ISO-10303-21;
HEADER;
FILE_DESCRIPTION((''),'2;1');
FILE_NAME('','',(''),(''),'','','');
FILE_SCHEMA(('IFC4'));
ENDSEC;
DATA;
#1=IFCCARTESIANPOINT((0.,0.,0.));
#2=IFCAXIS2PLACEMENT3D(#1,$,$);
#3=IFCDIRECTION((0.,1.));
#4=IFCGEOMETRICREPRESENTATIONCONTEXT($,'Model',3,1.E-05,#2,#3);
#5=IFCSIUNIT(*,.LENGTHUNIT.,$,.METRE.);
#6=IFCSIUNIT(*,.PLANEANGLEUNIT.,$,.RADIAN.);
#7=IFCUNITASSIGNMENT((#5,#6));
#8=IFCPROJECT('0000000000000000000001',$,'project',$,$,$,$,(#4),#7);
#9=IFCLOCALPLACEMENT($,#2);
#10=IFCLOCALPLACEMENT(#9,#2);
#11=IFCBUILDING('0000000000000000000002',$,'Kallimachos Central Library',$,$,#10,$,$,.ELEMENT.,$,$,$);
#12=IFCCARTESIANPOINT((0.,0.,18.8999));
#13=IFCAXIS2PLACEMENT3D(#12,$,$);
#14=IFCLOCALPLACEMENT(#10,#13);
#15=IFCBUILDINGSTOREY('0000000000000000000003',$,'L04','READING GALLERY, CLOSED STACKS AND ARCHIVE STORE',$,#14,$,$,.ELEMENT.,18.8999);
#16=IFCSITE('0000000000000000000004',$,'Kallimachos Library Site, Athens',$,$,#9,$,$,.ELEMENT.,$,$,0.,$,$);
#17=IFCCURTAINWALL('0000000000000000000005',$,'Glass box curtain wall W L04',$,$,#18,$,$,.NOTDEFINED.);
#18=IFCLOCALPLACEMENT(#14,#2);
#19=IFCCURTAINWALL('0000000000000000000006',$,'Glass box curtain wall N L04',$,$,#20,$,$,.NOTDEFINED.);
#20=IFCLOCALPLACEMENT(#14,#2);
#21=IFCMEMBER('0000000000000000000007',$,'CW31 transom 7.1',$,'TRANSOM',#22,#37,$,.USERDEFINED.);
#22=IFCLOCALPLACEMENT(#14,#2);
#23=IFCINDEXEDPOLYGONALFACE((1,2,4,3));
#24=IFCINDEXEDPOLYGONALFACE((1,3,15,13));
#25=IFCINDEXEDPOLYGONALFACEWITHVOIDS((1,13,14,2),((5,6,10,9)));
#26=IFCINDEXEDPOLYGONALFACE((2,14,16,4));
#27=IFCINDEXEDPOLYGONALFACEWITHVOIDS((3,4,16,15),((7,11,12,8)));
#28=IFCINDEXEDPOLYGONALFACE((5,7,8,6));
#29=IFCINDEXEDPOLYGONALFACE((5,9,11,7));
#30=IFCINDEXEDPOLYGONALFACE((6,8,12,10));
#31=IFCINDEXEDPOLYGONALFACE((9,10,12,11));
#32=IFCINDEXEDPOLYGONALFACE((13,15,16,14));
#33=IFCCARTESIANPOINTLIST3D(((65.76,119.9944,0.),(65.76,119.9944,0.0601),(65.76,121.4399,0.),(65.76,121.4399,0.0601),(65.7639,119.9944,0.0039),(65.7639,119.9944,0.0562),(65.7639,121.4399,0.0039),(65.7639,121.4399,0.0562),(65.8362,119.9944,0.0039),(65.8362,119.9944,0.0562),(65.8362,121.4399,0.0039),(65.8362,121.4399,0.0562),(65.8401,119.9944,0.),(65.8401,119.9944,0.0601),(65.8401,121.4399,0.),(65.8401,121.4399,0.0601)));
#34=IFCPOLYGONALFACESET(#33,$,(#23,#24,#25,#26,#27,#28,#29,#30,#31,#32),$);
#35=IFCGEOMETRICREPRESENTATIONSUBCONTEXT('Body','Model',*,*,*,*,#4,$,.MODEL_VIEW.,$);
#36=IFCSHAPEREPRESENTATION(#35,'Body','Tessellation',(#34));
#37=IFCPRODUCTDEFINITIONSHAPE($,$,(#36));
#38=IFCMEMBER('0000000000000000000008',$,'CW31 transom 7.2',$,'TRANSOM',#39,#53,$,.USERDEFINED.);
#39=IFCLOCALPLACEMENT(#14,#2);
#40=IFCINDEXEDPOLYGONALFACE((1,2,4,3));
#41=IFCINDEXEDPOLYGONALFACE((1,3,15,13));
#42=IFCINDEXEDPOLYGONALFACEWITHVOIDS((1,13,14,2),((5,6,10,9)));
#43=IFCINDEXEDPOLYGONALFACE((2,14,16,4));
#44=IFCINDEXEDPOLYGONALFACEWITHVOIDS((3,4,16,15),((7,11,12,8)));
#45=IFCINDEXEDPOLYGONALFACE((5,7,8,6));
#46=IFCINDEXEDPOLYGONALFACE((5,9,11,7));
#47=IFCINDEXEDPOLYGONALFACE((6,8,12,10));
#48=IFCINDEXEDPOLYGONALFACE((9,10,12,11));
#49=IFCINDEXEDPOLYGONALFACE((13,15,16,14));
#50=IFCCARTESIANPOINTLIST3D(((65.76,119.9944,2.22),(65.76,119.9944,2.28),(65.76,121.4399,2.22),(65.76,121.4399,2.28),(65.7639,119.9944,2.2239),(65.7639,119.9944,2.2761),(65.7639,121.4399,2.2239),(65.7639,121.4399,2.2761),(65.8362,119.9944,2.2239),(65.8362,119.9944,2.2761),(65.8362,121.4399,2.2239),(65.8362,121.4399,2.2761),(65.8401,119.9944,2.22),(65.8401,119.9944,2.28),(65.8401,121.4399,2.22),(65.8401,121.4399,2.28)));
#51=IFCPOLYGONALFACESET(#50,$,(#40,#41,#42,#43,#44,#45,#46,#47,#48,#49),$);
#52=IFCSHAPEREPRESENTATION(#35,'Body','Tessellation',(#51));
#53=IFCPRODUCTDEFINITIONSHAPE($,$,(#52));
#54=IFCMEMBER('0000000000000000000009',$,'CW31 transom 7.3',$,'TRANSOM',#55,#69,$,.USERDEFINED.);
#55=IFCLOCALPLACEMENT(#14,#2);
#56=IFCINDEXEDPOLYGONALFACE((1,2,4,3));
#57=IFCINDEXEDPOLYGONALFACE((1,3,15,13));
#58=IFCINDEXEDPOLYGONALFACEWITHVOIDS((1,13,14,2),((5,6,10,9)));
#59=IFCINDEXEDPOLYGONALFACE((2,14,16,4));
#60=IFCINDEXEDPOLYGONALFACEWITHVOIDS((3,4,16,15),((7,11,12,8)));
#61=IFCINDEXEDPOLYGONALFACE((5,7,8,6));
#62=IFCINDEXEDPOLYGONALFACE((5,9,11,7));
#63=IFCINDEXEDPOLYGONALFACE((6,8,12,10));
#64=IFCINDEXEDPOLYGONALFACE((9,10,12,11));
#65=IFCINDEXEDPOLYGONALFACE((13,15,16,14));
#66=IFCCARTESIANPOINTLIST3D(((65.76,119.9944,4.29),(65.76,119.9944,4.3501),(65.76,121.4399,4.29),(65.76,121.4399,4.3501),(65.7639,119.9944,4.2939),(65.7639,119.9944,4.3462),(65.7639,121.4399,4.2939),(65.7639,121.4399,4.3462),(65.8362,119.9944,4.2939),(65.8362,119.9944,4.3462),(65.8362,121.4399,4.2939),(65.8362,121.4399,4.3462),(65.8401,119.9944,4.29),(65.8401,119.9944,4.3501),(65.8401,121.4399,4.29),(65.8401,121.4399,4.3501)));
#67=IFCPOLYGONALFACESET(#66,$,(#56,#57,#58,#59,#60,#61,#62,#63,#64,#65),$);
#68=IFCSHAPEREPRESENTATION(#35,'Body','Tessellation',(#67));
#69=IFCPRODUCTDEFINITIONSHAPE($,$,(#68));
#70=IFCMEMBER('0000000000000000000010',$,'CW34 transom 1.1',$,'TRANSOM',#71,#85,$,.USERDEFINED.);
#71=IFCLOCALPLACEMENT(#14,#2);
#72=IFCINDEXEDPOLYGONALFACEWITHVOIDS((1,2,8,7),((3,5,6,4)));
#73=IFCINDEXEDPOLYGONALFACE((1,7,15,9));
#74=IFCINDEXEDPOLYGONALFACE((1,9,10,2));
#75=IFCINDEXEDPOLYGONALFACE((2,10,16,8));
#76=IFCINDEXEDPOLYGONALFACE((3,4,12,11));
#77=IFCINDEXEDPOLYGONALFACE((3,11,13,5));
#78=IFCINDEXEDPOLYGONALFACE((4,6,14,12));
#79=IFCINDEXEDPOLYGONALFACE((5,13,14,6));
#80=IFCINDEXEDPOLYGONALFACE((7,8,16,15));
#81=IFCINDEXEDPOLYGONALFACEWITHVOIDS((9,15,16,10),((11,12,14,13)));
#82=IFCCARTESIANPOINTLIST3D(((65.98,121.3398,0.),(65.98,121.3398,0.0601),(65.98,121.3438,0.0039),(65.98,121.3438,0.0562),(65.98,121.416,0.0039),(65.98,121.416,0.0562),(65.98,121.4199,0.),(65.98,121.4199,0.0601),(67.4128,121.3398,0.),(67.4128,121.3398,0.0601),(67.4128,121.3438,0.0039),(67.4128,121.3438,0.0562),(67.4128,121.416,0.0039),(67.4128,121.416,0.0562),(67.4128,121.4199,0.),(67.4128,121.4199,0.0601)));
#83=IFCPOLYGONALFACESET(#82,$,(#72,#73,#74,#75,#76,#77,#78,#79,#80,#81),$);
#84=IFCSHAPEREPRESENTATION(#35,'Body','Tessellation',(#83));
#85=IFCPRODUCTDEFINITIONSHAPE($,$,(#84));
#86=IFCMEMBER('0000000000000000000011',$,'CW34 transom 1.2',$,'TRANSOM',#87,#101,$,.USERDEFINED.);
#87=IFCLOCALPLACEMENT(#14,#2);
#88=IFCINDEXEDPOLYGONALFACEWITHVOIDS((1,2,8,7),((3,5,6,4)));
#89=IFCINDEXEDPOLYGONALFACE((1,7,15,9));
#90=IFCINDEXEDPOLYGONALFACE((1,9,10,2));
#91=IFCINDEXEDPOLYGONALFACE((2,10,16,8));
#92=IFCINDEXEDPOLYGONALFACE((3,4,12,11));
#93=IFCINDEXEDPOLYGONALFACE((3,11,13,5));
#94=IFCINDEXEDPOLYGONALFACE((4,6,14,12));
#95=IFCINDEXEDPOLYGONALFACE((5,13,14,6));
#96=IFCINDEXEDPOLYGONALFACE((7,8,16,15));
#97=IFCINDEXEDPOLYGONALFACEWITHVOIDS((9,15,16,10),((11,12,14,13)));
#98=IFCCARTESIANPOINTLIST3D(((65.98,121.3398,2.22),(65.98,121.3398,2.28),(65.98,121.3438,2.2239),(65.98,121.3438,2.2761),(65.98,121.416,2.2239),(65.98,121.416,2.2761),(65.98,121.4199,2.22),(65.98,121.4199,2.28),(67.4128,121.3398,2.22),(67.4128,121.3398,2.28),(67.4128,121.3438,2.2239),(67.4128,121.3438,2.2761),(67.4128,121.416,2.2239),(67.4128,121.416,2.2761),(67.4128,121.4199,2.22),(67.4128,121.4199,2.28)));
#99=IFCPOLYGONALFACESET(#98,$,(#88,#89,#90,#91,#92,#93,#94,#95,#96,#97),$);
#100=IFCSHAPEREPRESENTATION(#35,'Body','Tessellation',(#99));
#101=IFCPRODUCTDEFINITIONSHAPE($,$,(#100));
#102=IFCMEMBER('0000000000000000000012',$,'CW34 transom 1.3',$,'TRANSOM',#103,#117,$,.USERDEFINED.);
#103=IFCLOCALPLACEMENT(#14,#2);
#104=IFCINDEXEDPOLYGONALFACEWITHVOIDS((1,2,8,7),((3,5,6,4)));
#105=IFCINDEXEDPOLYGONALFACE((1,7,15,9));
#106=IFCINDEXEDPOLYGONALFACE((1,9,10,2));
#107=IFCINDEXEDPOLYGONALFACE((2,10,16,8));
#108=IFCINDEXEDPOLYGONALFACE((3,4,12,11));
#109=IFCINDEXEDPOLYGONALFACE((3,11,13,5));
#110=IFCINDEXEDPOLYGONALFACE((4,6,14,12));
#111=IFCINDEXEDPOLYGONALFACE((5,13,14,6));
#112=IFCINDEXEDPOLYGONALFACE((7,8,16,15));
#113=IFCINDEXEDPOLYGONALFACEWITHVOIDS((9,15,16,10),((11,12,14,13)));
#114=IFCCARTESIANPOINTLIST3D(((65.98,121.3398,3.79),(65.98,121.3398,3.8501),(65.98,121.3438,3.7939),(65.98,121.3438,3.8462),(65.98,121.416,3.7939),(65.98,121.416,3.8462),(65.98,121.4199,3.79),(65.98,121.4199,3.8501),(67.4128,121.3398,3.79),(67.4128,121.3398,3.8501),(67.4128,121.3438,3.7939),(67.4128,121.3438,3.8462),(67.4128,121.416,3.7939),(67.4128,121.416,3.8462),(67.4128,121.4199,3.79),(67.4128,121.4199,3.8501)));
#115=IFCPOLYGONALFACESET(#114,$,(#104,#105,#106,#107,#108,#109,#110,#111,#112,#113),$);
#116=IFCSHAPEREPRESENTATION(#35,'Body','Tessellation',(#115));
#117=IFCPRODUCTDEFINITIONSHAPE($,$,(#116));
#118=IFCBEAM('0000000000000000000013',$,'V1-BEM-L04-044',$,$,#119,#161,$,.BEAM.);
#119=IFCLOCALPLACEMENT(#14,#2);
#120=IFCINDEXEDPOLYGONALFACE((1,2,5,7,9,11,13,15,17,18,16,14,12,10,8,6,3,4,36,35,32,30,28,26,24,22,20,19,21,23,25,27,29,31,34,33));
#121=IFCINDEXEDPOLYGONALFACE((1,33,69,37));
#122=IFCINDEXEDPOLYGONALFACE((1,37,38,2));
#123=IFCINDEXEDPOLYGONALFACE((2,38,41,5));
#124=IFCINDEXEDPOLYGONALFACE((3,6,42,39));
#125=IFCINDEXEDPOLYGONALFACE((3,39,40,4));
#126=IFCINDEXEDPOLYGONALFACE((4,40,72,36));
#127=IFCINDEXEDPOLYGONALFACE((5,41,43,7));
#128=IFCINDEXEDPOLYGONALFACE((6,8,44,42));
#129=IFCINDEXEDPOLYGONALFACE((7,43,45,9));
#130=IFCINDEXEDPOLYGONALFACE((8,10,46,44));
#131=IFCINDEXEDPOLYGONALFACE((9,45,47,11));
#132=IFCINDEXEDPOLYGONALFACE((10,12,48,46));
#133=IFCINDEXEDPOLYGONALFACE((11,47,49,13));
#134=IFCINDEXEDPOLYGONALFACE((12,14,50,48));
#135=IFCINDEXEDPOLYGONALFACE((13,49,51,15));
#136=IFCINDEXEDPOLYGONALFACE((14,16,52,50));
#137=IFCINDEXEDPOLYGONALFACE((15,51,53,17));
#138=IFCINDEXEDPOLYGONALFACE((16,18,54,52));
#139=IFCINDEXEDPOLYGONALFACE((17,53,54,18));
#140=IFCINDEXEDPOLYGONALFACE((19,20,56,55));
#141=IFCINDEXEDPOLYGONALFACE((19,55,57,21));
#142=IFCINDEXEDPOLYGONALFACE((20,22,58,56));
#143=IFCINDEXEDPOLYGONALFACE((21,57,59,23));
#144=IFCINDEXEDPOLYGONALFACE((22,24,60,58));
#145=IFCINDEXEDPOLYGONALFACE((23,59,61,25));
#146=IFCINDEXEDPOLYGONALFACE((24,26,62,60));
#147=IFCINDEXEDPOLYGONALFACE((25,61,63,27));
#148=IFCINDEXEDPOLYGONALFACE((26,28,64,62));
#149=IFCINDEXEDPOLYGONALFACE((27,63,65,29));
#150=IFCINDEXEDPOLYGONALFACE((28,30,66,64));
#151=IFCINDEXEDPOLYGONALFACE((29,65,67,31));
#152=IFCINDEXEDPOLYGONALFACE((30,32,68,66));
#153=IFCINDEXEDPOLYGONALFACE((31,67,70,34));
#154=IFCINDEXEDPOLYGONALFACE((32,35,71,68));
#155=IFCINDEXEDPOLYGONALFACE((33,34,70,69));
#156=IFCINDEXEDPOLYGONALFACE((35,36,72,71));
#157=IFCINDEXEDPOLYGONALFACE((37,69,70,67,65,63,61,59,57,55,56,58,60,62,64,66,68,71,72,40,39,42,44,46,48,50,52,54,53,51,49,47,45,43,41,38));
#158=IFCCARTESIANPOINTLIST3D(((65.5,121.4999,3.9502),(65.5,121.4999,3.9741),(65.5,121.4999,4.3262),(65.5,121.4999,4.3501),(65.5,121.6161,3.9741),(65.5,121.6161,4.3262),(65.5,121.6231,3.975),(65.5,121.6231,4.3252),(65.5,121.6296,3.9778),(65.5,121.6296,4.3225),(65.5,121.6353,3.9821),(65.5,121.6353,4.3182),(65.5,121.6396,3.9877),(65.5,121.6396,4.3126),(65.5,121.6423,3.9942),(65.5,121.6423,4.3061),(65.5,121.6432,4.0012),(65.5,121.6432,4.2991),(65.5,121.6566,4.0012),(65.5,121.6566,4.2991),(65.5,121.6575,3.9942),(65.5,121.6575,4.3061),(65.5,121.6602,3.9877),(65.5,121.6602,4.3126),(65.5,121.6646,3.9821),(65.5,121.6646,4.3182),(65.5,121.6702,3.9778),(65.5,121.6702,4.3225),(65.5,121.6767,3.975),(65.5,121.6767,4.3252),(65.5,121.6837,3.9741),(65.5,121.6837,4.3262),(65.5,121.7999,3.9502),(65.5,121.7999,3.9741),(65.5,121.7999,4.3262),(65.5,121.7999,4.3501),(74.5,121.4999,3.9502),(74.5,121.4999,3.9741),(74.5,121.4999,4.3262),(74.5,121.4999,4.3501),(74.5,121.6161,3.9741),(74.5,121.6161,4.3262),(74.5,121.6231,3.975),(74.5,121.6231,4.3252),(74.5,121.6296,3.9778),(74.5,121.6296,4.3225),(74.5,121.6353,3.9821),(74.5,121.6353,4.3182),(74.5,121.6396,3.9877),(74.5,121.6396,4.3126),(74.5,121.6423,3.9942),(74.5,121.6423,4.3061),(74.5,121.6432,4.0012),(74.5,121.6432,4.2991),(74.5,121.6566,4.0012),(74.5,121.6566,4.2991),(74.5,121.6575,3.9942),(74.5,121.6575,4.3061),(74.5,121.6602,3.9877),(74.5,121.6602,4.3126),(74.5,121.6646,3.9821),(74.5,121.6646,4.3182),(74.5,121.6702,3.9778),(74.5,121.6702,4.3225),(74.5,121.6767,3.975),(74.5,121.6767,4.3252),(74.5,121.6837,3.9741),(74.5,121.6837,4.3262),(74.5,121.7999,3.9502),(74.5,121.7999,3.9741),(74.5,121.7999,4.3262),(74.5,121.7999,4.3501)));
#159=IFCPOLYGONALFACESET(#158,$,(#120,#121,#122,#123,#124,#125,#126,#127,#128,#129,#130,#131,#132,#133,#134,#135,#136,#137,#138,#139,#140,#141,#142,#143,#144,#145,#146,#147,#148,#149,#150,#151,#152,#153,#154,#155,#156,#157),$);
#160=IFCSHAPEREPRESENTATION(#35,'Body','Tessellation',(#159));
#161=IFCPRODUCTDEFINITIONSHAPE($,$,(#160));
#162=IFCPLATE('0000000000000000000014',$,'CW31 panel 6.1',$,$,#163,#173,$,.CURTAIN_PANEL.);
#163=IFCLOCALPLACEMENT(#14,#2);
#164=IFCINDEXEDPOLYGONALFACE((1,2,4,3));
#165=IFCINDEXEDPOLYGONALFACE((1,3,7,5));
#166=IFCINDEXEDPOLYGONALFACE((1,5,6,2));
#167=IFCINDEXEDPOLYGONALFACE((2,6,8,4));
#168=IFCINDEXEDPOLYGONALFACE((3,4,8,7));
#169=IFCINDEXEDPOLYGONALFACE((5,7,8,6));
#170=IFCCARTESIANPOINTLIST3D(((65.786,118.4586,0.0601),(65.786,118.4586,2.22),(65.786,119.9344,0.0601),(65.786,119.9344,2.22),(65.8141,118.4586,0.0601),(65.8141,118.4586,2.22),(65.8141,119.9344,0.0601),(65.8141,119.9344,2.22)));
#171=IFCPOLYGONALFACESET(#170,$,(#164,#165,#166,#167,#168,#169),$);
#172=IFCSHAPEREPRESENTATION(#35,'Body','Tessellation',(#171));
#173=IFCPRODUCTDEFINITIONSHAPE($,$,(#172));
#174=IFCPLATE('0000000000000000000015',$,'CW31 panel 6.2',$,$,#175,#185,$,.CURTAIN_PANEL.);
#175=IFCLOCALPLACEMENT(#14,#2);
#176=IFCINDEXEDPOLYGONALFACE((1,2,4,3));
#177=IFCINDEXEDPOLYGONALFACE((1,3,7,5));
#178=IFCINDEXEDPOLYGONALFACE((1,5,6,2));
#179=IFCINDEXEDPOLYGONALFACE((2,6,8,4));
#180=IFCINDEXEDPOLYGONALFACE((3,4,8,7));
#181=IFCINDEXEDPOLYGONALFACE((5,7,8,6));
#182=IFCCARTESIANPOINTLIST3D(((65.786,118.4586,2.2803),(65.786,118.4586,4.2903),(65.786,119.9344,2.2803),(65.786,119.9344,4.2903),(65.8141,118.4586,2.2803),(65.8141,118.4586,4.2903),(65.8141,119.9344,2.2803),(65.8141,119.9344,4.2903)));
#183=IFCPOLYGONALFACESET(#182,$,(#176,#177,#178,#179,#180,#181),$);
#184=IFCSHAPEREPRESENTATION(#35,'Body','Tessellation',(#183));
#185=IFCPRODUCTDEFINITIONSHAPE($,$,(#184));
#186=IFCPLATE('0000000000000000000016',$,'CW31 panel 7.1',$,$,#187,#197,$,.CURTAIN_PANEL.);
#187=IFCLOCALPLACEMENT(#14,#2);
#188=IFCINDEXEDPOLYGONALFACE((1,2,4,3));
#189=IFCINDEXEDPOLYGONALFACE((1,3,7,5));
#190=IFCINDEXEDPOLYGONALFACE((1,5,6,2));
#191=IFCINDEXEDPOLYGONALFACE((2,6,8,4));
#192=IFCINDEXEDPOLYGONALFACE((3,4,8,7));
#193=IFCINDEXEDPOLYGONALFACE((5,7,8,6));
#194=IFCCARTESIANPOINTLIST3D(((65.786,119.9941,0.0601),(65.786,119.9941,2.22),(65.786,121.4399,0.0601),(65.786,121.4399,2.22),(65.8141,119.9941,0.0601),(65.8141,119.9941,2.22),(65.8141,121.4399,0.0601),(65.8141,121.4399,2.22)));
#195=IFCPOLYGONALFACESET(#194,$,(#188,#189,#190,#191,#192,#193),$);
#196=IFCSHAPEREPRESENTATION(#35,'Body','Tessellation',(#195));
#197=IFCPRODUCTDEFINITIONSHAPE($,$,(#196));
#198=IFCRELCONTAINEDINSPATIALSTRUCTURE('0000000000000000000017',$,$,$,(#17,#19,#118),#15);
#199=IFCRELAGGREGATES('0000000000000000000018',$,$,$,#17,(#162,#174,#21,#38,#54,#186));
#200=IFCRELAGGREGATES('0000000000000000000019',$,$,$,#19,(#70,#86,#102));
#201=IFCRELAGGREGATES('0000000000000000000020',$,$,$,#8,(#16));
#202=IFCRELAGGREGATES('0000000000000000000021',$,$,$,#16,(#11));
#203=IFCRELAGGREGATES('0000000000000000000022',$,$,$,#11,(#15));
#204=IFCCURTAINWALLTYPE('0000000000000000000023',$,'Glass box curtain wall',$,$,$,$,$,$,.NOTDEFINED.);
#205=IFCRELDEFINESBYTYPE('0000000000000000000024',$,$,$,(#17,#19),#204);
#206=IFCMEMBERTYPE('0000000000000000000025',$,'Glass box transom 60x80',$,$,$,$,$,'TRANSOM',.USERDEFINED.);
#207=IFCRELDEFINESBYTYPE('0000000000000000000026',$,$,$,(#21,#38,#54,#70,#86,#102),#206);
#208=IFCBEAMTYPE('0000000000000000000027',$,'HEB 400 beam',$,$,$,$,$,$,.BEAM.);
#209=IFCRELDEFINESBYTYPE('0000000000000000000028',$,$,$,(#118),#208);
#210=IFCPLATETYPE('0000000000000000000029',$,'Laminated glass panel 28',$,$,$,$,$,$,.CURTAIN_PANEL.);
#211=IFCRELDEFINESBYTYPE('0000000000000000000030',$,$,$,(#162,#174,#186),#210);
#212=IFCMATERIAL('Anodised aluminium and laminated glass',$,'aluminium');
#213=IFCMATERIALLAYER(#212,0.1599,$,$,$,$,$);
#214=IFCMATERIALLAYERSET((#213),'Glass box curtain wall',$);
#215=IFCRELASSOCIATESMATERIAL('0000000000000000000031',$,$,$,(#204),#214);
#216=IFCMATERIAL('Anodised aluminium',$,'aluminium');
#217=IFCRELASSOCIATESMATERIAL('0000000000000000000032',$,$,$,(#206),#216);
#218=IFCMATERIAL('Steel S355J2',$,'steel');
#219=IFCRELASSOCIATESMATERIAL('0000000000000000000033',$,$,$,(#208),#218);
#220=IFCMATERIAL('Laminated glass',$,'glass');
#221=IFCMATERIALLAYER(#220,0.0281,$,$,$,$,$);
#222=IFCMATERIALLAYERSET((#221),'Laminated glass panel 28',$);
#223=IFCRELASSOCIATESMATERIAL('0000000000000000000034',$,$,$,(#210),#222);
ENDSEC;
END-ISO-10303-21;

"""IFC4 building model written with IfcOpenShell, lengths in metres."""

from ifc_helpers import new_model, si_unit, direction, frame, origin, origin_2d, place, context, subcontext, project, spatial, rectangle, hollow_rectangle, i_section, extrude, material, layer, layer_set, material_profile, profile_set, type_object, element, aggregate, save


model = new_model("IFC4")

# Units and contexts
model_context = context("Model", 3, precision=1e-05, world=origin(), true_north=direction((0.0, 1.0)))
body_context = subcontext(model_context, "Body", "Model", "MODEL_VIEW")
ifc_project = project(units=[si_unit("LENGTHUNIT", "METRE"), si_unit("PLANEANGLEUNIT", "RADIAN")], contexts=[model_context])

# Site, building, storey
site_placement = place(None, origin())
site = spatial("IfcSite", under=ifc_project, at=site_placement, Name="Kallimachos Library Site, Athens", CompositionType="ELEMENT", RefElevation=0.0)
building_placement = place(site_placement, origin())
building = spatial("IfcBuilding", under=site, at=building_placement, Name="Kallimachos Central Library", CompositionType="ELEMENT")
storey_placement = place(building_placement, frame((0.0, 0.0, 18.8999)))
storey = spatial("IfcBuildingStorey", under=building, at=storey_placement, Name="L04", Description="READING GALLERY, CLOSED STACKS AND ARCHIVE STORE", CompositionType="ELEMENT", Elevation=18.8999)

# Curtain wall
ifc_material_1 = material(Name="Anodised aluminium and laminated glass", Category="aluminium")
ifc_layer_1 = layer(ifc_material_1, 0.1599)
ifc_layer_set_1 = layer_set([ifc_layer_1], Name="Glass box curtain wall")
curtain_wall_type = type_object("IfcCurtainWallType", Name="Glass box curtain wall", PredefinedType="NOTDEFINED", material=ifc_layer_set_1)
curtain_wall_1_placement = place(storey_placement, origin())
curtain_wall_1 = element("IfcCurtainWall", 1, at=curtain_wall_1_placement, inside=storey, type_object=curtain_wall_type, Name="Glass box curtain wall W L04", PredefinedType="NOTDEFINED")

# Curtain wall
curtain_wall_2_placement = place(storey_placement, origin())
curtain_wall_2 = element("IfcCurtainWall", 2, at=curtain_wall_2_placement, inside=storey, type_object=curtain_wall_type, Name="Glass box curtain wall N L04", PredefinedType="NOTDEFINED")

# Members
ifc_material_2 = material(Name="Anodised aluminium", Category="aluminium")
ifc_material_profile_1 = material_profile(ifc_material_2, hollow_rectangle(XDim=0.0601, YDim=0.0801, WallThickness=0.0039, at=origin_2d()), Name="ALU TRANSOM 60x80")
ifc_profile_set_1 = profile_set([ifc_material_profile_1], Name="Anodised aluminium")
member_type_1 = type_object("IfcMemberType", Name="Glass box transom 60x80", ElementType="TRANSOM", PredefinedType="USERDEFINED", material=ifc_profile_set_1)
member_1_placement = place(storey_placement, frame((65.8, 119.9944, 0.03), z_axis=(0.0, 1.0, 0.0), x_axis=(0.0, 0.0, 1.0)))
member_1 = element("IfcMember", 3, at=member_1_placement, type_object=member_type_1, Name="CW31 transom 7.1", ObjectType="TRANSOM", PredefinedType="USERDEFINED", context=body_context, shape_type="SweptSolid", body=[
    extrude(hollow_rectangle(XDim=0.0601, YDim=0.0801, WallThickness=0.0039, at=origin_2d()), origin(), (0.0, 0.0, 1.0), 1.4456),
])
member_2_placement = place(storey_placement, frame((65.8, 119.9944, 2.25), z_axis=(0.0, 1.0, 0.0), x_axis=(0.0, 0.0, 1.0)))
member_2 = element("IfcMember", 4, at=member_2_placement, type_object=member_type_1, Name="CW31 transom 7.2", ObjectType="TRANSOM", PredefinedType="USERDEFINED", context=body_context, shape_type="SweptSolid", body=[
    extrude(hollow_rectangle(XDim=0.0601, YDim=0.0801, WallThickness=0.0039, at=origin_2d()), origin(), (0.0, 0.0, 1.0), 1.4456),
])
member_3_placement = place(storey_placement, frame((65.8, 119.9944, 4.3201), z_axis=(0.0, 1.0, 0.0), x_axis=(0.0, 0.0, 1.0)))
member_3 = element("IfcMember", 5, at=member_3_placement, type_object=member_type_1, Name="CW31 transom 7.3", ObjectType="TRANSOM", PredefinedType="USERDEFINED", context=body_context, shape_type="SweptSolid", body=[
    extrude(hollow_rectangle(XDim=0.0601, YDim=0.0801, WallThickness=0.0039, at=origin_2d()), origin(), (0.0, 0.0, 1.0), 1.4456),
])
member_4_placement = place(storey_placement, frame((65.98, 121.3799, 0.03), z_axis=(1.0, 0.0, 0.0), x_axis=(0.0, 0.0, 1.0)))
member_4 = element("IfcMember", 6, at=member_4_placement, type_object=member_type_1, Name="CW34 transom 1.1", ObjectType="TRANSOM", PredefinedType="USERDEFINED", context=body_context, shape_type="SweptSolid", body=[
    extrude(hollow_rectangle(XDim=0.0601, YDim=0.0801, WallThickness=0.0039, at=origin_2d()), origin(), (0.0, 0.0, 1.0), 1.4329),
])
member_5_placement = place(storey_placement, frame((65.98, 121.3799, 2.25), z_axis=(1.0, 0.0, 0.0), x_axis=(0.0, 0.0, 1.0)))
member_5 = element("IfcMember", 7, at=member_5_placement, type_object=member_type_1, Name="CW34 transom 1.2", ObjectType="TRANSOM", PredefinedType="USERDEFINED", context=body_context, shape_type="SweptSolid", body=[
    extrude(hollow_rectangle(XDim=0.0601, YDim=0.0801, WallThickness=0.0039, at=origin_2d()), origin(), (0.0, 0.0, 1.0), 1.4329),
])
member_6_placement = place(storey_placement, frame((65.98, 121.3799, 3.8201), z_axis=(1.0, 0.0, 0.0), x_axis=(0.0, 0.0, 1.0)))
member_6 = element("IfcMember", 8, at=member_6_placement, type_object=member_type_1, Name="CW34 transom 1.3", ObjectType="TRANSOM", PredefinedType="USERDEFINED", context=body_context, shape_type="SweptSolid", body=[
    extrude(hollow_rectangle(XDim=0.0601, YDim=0.0801, WallThickness=0.0039, at=origin_2d()), origin(), (0.0, 0.0, 1.0), 1.4329),
])

# Beam
ifc_material_3 = material(Name="Steel S355J2", Category="steel")
ifc_material_profile_2 = material_profile(ifc_material_3, i_section(OverallWidth=0.3, OverallDepth=0.3999, WebThickness=0.0134, FlangeThickness=0.0239, FilletRadius=0.0271, at=origin_2d()), Name="HEB 400")
ifc_profile_set_2 = profile_set([ifc_material_profile_2], Name="Steel S355J2")
beam_type = type_object("IfcBeamType", Name="HEB 400 beam", PredefinedType="BEAM", material=ifc_profile_set_2)
beam_placement = place(storey_placement, frame((65.5, 121.6499, 4.1501), z_axis=(1.0, 0.0, 0.0), x_axis=(0.0, 1.0, 0.0)))
element("IfcBeam", 9, at=beam_placement, inside=storey, type_object=beam_type, Name="V1-BEM-L04-044", PredefinedType="BEAM", context=body_context, shape_type="SweptSolid", body=[
    extrude(i_section(OverallWidth=0.3, OverallDepth=0.3999, WebThickness=0.0134, FlangeThickness=0.0239, FilletRadius=0.0271, at=origin_2d()), origin(), (0.0, 0.0, 1.0), 9.0),
])

# Plates
ifc_material_4 = material(Name="Laminated glass", Category="glass")
ifc_layer_2 = layer(ifc_material_4, 0.0281)
ifc_layer_set_2 = layer_set([ifc_layer_2], Name="Laminated glass panel 28")
plate_type = type_object("IfcPlateType", Name="Laminated glass panel 28", PredefinedType="CURTAIN_PANEL", material=ifc_layer_set_2)
plate_1_placement = place(storey_placement, frame((65.8, 119.1965, 0.0601), z_axis=(0.0, 0.0, 1.0), x_axis=(0.0, 1.0, 0.0)))
plate_1 = element("IfcPlate", 10, at=plate_1_placement, type_object=plate_type, Name="CW31 panel 6.1", PredefinedType="CURTAIN_PANEL", context=body_context, shape_type="SweptSolid", body=[
    extrude(rectangle(XDim=1.4758, YDim=0.0281, at=origin_2d()), origin(), (0.0, 0.0, 1.0), 2.1599),
])
plate_2_placement = place(storey_placement, frame((65.8, 119.1965, 2.2803), z_axis=(0.0, 0.0, 1.0), x_axis=(0.0, 1.0, 0.0)))
plate_2 = element("IfcPlate", 11, at=plate_2_placement, type_object=plate_type, Name="CW31 panel 6.2", PredefinedType="CURTAIN_PANEL", context=body_context, shape_type="SweptSolid", body=[
    extrude(rectangle(XDim=1.4758, YDim=0.0281, at=origin_2d()), origin(), (0.0, 0.0, 1.0), 2.01),
])
plate_3_placement = place(storey_placement, frame((65.8, 120.717, 0.0601), z_axis=(0.0, 0.0, 1.0), x_axis=(0.0, 1.0, 0.0)))
plate_3 = element("IfcPlate", 12, at=plate_3_placement, type_object=plate_type, Name="CW31 panel 7.1", PredefinedType="CURTAIN_PANEL", context=body_context, shape_type="SweptSolid", body=[
    extrude(rectangle(XDim=1.4458, YDim=0.0281, at=origin_2d()), origin(), (0.0, 0.0, 1.0), 2.1599),
])
aggregate(curtain_wall_1, [plate_1, plate_2, member_1, member_2, member_3, plate_3])
aggregate(curtain_wall_2, [member_4, member_5, member_6])

save(model, "model.ifc")
